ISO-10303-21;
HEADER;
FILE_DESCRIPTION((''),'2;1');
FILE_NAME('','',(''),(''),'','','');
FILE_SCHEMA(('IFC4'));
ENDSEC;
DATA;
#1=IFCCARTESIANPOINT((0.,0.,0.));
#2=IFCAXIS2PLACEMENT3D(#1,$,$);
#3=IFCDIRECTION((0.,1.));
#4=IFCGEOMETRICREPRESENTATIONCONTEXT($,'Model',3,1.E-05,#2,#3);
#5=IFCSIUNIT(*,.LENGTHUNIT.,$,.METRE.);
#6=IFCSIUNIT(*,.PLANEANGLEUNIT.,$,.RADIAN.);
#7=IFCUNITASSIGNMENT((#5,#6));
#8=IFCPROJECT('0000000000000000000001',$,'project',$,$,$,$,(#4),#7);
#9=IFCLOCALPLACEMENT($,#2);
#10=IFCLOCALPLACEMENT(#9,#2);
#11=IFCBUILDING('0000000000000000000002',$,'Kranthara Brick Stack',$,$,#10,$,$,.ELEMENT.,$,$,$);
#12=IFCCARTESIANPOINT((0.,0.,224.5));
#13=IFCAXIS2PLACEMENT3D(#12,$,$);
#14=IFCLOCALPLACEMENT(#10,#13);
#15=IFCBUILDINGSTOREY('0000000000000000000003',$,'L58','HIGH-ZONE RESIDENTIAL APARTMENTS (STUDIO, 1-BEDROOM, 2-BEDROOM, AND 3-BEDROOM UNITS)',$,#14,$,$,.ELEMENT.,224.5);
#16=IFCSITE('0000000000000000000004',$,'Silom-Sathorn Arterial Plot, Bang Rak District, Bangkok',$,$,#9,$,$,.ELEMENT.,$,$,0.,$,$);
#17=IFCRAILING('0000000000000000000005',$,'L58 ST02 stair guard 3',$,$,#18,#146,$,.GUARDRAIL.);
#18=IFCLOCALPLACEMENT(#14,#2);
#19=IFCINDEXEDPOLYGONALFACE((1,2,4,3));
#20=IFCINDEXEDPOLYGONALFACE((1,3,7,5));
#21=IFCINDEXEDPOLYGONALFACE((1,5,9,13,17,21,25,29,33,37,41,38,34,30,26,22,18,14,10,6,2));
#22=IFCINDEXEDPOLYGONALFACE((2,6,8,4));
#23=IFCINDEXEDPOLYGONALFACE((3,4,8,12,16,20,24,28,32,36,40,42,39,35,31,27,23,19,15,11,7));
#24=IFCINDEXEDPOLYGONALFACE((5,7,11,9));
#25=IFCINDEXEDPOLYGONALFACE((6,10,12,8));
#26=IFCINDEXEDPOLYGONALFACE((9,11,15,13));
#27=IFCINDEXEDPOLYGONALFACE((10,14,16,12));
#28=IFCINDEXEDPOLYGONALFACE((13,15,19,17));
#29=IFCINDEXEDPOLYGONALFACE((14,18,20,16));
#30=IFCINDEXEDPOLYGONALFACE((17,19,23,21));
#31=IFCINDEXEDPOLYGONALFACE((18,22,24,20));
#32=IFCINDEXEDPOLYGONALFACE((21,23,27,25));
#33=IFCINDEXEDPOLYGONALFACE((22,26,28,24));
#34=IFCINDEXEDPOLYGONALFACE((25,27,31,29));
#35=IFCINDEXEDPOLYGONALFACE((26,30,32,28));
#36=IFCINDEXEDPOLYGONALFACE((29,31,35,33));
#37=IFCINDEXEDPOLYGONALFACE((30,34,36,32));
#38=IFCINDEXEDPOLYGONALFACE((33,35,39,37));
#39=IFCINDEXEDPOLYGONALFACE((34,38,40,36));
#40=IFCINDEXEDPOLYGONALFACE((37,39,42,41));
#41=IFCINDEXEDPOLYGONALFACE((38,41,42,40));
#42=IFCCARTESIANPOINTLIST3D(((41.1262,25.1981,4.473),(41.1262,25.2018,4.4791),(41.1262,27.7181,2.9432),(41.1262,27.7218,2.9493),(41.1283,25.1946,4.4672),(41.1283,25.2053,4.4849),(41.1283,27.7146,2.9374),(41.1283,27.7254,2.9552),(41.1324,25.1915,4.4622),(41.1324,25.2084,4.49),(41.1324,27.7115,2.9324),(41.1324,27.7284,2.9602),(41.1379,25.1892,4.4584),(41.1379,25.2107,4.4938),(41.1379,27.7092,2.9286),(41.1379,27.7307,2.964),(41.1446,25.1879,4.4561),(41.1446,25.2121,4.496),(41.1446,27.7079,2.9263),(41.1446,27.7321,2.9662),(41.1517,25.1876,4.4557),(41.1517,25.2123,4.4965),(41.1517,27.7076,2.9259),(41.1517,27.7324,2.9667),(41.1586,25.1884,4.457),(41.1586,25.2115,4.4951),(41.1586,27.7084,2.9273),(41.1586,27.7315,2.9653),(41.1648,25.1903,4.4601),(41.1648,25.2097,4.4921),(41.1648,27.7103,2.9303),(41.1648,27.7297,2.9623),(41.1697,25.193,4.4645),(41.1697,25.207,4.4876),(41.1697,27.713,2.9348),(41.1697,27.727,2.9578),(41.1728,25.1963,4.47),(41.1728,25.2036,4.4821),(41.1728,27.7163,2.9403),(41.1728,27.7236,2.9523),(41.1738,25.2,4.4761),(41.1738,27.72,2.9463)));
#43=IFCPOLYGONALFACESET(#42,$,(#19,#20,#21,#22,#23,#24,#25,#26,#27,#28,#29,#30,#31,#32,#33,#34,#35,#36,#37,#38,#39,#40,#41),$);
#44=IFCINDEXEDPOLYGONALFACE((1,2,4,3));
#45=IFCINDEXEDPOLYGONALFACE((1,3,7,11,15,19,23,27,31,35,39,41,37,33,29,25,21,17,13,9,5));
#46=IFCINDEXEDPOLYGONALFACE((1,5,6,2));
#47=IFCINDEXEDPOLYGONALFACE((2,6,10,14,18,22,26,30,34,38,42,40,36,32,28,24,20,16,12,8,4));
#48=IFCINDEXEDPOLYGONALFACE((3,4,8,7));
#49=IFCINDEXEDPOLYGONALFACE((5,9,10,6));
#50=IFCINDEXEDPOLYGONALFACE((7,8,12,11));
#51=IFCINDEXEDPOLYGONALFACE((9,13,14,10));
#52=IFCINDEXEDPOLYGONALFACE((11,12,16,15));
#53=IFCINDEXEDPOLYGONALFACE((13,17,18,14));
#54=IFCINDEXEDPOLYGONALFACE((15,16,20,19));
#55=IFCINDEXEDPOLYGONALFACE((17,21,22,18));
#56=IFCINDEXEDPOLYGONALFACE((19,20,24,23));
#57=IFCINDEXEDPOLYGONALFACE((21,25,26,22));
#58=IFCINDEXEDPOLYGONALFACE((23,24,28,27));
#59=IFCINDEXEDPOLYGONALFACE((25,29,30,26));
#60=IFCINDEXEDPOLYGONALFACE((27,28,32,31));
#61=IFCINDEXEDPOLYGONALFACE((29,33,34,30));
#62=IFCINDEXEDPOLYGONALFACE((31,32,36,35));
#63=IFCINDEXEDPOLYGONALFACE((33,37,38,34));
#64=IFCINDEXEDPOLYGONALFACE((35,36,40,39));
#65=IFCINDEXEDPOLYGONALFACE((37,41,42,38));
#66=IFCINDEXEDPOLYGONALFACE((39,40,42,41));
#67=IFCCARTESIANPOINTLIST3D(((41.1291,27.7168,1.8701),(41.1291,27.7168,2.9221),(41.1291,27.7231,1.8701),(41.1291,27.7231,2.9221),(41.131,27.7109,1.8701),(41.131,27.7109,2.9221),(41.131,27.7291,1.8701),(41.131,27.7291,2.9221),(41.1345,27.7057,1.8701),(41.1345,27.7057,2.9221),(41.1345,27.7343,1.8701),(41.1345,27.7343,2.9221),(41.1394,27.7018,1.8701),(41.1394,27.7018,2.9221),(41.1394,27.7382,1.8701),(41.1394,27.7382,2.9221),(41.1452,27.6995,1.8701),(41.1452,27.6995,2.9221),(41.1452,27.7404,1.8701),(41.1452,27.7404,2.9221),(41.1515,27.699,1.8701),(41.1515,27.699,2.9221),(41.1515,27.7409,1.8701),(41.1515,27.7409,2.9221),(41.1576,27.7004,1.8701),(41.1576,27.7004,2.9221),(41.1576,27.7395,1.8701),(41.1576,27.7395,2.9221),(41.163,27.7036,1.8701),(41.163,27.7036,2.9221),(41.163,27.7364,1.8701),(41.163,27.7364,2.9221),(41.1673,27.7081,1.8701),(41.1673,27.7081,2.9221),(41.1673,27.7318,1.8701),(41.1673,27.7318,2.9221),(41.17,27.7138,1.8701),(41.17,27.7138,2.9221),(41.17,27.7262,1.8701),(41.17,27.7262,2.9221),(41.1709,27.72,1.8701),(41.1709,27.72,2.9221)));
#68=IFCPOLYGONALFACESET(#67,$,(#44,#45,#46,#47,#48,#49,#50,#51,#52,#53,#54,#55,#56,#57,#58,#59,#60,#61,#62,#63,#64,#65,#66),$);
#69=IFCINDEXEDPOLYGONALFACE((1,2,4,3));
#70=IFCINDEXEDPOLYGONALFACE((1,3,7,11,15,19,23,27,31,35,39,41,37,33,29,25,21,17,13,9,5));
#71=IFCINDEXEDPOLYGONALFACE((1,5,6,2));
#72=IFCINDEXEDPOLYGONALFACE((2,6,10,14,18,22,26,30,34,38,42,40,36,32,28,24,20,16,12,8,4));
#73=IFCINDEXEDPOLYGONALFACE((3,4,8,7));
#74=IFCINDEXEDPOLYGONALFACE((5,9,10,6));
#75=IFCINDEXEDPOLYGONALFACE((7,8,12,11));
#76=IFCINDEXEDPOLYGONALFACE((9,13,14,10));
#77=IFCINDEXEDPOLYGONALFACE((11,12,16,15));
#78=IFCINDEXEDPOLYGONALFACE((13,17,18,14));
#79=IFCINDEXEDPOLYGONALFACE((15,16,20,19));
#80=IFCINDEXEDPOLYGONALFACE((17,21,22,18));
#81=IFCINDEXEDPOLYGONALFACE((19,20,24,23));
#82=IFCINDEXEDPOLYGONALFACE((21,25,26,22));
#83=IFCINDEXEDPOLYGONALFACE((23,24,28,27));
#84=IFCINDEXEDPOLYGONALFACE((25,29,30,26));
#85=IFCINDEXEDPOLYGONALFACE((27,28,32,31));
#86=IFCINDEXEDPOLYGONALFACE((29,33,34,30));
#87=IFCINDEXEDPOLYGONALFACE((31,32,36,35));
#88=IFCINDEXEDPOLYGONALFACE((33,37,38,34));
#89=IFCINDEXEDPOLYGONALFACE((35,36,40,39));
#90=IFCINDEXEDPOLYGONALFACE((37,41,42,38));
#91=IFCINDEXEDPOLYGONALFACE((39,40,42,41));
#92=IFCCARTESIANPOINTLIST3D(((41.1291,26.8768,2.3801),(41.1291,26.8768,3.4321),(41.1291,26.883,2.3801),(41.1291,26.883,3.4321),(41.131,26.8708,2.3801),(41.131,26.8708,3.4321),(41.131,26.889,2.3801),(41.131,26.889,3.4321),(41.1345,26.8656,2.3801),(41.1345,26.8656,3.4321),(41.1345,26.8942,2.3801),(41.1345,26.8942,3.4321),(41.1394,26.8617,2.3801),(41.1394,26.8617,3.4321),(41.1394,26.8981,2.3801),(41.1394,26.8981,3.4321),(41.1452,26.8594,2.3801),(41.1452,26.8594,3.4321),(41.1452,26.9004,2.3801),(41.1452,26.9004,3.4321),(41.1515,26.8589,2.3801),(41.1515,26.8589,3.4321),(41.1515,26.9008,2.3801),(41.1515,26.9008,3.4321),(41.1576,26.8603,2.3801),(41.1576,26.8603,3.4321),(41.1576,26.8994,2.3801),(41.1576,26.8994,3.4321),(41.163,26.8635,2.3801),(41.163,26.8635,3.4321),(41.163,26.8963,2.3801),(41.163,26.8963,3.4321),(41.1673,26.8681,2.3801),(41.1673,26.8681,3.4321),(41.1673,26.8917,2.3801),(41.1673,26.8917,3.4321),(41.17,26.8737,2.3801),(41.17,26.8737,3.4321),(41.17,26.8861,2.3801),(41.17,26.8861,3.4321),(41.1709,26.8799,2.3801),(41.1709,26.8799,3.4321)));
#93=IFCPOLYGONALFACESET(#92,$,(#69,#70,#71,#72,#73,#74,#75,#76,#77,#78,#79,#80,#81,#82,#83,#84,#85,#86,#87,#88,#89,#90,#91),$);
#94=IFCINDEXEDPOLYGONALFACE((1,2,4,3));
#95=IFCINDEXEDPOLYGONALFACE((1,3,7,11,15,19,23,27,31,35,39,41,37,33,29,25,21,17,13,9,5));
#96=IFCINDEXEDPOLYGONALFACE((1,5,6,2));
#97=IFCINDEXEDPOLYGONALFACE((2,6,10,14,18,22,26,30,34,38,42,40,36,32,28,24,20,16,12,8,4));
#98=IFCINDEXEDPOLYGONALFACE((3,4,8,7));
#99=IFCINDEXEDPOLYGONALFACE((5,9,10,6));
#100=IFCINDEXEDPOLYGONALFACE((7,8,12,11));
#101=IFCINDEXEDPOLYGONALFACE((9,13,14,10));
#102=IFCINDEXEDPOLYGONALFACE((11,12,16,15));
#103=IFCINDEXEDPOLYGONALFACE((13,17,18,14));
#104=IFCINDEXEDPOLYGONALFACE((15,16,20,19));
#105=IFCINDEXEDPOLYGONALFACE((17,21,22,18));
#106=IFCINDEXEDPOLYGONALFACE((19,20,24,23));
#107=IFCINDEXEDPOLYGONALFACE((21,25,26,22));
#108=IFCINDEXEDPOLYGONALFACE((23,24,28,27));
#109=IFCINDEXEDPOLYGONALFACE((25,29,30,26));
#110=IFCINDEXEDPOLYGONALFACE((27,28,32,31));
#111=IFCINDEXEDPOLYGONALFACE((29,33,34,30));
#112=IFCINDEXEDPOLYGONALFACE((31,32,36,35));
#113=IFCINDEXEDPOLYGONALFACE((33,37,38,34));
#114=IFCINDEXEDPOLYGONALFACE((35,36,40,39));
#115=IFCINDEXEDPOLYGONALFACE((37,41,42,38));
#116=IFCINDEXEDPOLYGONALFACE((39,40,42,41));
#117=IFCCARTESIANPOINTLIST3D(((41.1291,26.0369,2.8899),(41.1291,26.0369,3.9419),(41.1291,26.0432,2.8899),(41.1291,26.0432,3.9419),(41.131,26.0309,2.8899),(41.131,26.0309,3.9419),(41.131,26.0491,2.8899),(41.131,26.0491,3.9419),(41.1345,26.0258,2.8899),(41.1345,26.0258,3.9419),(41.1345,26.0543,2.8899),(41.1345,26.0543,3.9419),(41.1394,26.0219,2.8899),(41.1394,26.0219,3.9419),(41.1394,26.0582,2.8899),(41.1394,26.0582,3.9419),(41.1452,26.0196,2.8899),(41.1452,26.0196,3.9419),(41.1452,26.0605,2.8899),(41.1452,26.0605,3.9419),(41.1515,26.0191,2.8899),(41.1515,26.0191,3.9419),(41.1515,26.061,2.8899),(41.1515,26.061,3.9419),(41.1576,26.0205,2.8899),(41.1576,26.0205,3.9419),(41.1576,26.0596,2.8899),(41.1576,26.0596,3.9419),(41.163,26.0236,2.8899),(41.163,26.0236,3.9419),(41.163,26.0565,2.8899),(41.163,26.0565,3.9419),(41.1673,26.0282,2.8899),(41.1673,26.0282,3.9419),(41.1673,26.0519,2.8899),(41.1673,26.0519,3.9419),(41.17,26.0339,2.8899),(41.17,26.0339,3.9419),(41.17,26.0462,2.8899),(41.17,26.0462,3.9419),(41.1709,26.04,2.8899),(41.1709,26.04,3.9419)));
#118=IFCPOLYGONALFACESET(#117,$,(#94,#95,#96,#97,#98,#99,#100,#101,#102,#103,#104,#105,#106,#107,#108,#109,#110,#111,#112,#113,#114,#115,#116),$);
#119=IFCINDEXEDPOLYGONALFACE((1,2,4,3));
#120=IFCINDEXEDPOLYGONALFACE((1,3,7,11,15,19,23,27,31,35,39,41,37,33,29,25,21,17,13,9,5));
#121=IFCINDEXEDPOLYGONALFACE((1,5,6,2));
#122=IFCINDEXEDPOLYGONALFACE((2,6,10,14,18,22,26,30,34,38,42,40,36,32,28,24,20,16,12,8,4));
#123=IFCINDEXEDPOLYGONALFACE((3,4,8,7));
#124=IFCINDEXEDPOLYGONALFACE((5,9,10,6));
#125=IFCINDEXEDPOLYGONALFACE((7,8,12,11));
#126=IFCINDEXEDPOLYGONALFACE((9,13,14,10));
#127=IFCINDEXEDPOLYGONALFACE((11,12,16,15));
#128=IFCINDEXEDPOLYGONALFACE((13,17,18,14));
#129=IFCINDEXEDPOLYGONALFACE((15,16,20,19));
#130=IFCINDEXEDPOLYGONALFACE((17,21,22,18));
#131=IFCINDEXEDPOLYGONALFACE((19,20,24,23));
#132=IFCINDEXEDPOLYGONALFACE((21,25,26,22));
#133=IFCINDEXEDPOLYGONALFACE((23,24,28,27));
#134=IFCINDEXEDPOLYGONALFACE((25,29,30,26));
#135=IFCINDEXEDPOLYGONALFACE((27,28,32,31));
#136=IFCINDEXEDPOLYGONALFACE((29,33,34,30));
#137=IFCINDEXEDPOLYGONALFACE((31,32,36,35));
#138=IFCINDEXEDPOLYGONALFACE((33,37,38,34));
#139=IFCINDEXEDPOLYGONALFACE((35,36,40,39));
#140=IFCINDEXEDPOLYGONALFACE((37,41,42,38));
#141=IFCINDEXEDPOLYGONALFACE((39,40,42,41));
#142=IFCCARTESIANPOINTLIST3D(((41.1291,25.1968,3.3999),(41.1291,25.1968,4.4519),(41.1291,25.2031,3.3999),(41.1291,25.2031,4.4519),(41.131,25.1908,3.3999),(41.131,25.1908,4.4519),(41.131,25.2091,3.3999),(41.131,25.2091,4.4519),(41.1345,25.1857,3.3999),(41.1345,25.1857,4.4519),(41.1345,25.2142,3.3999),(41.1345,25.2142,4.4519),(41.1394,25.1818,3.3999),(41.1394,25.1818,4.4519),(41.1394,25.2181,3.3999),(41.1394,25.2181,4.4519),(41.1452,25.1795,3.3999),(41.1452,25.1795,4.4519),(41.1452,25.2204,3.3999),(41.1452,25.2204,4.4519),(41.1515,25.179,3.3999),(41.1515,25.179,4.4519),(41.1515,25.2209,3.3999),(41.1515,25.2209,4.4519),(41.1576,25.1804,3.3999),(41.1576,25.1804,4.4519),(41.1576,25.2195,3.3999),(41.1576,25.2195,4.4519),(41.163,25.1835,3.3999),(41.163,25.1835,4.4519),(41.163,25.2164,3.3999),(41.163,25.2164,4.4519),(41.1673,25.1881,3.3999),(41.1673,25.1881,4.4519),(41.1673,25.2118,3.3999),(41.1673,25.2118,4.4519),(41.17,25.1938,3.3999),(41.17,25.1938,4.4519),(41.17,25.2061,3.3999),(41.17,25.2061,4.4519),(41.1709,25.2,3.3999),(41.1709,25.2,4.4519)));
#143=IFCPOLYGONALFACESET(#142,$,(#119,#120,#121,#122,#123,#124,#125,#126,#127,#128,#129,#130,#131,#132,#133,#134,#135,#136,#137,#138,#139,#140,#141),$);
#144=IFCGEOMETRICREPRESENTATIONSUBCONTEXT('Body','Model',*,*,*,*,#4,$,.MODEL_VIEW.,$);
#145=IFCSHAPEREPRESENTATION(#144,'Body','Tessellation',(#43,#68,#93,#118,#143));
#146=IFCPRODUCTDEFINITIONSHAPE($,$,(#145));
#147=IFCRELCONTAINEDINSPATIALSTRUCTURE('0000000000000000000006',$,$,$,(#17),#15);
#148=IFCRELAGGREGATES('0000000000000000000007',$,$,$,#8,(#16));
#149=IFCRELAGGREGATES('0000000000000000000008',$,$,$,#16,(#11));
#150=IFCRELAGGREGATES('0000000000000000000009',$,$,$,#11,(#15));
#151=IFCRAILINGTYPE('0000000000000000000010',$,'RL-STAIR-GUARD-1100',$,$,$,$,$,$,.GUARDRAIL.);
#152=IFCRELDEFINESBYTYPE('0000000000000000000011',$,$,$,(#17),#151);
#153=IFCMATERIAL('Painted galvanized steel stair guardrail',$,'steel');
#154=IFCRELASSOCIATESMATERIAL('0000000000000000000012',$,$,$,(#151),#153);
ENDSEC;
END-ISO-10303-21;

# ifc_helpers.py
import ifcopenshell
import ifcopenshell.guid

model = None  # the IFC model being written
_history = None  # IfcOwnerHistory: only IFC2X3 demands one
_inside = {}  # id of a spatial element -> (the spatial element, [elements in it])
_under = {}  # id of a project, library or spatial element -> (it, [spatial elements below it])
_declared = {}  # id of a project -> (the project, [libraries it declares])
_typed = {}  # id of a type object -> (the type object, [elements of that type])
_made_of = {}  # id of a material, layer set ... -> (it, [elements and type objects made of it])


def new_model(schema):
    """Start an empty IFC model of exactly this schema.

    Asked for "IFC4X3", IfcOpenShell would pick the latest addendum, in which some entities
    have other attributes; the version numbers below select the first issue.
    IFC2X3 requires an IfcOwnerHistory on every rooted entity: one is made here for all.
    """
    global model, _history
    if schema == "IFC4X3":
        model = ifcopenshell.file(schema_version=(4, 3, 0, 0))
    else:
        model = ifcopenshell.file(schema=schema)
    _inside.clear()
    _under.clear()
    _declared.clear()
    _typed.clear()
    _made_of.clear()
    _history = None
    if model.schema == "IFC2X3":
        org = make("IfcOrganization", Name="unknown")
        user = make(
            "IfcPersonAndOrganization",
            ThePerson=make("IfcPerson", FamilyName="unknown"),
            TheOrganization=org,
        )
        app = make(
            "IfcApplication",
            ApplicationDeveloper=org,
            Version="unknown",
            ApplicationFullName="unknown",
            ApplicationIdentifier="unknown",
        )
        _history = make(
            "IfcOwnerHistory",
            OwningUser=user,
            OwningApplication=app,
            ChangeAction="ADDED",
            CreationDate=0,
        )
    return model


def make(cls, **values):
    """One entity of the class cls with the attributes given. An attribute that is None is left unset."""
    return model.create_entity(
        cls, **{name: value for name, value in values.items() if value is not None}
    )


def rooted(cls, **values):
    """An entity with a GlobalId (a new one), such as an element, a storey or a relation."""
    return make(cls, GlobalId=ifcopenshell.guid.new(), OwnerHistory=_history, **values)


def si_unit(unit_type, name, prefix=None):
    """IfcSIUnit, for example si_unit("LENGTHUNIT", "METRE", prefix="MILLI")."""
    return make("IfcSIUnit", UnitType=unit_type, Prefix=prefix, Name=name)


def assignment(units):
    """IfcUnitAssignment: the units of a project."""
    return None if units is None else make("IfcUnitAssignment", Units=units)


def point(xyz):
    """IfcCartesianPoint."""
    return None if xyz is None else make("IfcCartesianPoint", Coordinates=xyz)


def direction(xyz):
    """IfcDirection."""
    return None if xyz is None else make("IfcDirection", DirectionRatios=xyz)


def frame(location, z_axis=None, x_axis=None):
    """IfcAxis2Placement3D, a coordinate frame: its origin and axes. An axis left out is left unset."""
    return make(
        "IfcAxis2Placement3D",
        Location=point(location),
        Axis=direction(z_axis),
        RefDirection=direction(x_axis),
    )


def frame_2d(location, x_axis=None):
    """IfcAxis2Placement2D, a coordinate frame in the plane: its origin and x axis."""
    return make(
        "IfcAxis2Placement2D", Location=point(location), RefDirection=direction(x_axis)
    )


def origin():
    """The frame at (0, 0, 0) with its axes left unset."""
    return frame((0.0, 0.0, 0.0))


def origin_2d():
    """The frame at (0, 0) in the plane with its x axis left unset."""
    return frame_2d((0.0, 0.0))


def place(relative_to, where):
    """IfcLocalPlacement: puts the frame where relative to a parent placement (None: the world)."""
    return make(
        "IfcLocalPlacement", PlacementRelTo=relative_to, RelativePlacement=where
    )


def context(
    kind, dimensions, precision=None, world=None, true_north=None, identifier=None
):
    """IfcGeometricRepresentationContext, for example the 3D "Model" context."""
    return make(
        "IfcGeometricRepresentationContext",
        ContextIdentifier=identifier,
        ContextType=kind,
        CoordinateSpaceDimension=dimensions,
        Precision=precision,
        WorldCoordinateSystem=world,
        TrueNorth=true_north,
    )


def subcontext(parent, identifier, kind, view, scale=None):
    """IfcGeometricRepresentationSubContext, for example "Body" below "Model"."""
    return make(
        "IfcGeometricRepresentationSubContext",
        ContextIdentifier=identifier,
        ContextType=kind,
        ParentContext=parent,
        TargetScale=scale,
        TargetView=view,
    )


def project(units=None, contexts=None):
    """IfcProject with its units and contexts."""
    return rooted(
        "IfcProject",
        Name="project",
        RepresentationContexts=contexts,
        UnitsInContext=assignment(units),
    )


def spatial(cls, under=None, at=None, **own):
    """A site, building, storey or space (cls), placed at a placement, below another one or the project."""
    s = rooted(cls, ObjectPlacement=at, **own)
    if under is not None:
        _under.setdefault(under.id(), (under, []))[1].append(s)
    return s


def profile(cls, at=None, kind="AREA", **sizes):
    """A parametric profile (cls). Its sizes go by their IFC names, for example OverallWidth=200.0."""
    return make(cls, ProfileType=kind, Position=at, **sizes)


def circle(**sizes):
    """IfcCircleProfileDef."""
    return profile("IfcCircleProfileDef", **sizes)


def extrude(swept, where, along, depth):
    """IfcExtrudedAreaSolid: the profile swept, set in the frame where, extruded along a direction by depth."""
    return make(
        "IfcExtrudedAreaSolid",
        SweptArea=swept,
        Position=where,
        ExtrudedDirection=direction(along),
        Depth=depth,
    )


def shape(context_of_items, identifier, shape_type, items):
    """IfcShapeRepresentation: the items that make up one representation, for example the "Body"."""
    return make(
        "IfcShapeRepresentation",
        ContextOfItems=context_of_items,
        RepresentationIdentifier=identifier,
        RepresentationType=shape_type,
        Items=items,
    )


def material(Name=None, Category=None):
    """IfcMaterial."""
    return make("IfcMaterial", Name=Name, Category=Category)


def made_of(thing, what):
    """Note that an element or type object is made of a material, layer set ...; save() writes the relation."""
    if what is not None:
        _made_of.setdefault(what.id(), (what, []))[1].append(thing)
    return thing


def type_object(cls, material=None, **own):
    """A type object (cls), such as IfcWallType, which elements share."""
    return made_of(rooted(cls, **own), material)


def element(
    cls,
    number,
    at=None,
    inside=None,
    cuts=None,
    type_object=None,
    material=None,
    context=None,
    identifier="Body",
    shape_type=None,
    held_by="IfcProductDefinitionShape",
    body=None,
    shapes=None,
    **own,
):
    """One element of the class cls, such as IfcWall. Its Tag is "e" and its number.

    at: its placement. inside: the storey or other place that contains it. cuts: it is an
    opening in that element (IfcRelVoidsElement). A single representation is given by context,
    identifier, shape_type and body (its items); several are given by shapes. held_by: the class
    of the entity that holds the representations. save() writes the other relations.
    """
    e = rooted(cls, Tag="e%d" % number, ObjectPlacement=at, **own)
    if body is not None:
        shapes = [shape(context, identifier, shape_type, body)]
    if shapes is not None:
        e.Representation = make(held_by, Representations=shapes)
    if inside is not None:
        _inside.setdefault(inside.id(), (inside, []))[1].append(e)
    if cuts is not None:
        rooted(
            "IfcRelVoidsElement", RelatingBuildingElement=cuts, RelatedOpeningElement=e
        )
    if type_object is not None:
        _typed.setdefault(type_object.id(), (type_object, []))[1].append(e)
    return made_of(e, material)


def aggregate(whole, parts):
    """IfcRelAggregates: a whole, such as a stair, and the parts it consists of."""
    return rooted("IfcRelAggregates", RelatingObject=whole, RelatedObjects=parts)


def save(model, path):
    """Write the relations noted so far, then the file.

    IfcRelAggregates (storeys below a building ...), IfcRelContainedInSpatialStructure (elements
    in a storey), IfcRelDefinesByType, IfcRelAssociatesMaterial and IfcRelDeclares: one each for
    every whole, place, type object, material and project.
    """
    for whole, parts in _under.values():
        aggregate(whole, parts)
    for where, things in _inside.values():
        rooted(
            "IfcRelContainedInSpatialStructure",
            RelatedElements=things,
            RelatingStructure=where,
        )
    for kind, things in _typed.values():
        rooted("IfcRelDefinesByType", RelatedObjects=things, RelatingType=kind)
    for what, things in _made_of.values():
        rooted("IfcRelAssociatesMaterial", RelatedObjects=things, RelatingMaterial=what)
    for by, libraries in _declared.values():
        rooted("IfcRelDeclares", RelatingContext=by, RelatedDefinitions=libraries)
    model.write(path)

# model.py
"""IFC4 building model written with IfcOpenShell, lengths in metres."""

from ifc_helpers import new_model, si_unit, direction, frame, origin, origin_2d, place, context, subcontext, project, spatial, circle, extrude, material, type_object, element, save


model = new_model("IFC4")

# Units and contexts
model_context = context("Model", 3, precision=1e-05, world=origin(), true_north=direction((0.0, 1.0)))
body_context = subcontext(model_context, "Body", "Model", "MODEL_VIEW")
ifc_project = project(units=[si_unit("LENGTHUNIT", "METRE"), si_unit("PLANEANGLEUNIT", "RADIAN")], contexts=[model_context])

# Site, building, storey
site_placement = place(None, origin())
site = spatial("IfcSite", under=ifc_project, at=site_placement, Name="Silom-Sathorn Arterial Plot, Bang Rak District, Bangkok", CompositionType="ELEMENT", RefElevation=0.0)
building_placement = place(site_placement, origin())
building = spatial("IfcBuilding", under=site, at=building_placement, Name="Kranthara Brick Stack", CompositionType="ELEMENT")
storey_placement = place(building_placement, frame((0.0, 0.0, 224.5)))
storey = spatial("IfcBuildingStorey", under=building, at=storey_placement, Name="L58", Description="HIGH-ZONE RESIDENTIAL APARTMENTS (STUDIO, 1-BEDROOM, 2-BEDROOM, AND 3-BEDROOM UNITS)", CompositionType="ELEMENT", Elevation=224.5)

# Railing
ifc_material_1 = material(Name="Painted galvanized steel stair guardrail", Category="steel")
railing_type_1 = type_object("IfcRailingType", Name="RL-STAIR-GUARD-1100", PredefinedType="GUARDRAIL", material=ifc_material_1)
railing_1_placement = place(storey_placement, frame((41.1499, 27.72, 1.8701)))
element("IfcRailing", 1, at=railing_1_placement, inside=storey, type_object=railing_type_1, Name="L58 ST02 stair guard 3", PredefinedType="GUARDRAIL", context=body_context, shape_type="SweptSolid", body=[
    extrude(circle(Radius=0.0239, at=origin_2d()), frame((0.0, 0.0, 1.0762), z_axis=(0.0, -0.854822, 0.518922), x_axis=(1.0, 0.0, 0.0)), (0.0, 0.0, 1.0), 2.948),
    extrude(circle(Radius=0.021, at=origin_2d()), origin(), (0.0, 0.0, 1.0), 1.052),
    extrude(circle(Radius=0.021, at=origin_2d()), frame((0.0, -0.8401, 0.51)), (0.0, 0.0, 1.0), 1.052),
    extrude(circle(Radius=0.021, at=origin_2d()), frame((0.0, -1.6799, 1.0198)), (0.0, 0.0, 1.0), 1.052),
    extrude(circle(Radius=0.021, at=origin_2d()), frame((0.0, -2.52, 1.5298)), (0.0, 0.0, 1.0), 1.052),
])

save(model, "model.ifc")
